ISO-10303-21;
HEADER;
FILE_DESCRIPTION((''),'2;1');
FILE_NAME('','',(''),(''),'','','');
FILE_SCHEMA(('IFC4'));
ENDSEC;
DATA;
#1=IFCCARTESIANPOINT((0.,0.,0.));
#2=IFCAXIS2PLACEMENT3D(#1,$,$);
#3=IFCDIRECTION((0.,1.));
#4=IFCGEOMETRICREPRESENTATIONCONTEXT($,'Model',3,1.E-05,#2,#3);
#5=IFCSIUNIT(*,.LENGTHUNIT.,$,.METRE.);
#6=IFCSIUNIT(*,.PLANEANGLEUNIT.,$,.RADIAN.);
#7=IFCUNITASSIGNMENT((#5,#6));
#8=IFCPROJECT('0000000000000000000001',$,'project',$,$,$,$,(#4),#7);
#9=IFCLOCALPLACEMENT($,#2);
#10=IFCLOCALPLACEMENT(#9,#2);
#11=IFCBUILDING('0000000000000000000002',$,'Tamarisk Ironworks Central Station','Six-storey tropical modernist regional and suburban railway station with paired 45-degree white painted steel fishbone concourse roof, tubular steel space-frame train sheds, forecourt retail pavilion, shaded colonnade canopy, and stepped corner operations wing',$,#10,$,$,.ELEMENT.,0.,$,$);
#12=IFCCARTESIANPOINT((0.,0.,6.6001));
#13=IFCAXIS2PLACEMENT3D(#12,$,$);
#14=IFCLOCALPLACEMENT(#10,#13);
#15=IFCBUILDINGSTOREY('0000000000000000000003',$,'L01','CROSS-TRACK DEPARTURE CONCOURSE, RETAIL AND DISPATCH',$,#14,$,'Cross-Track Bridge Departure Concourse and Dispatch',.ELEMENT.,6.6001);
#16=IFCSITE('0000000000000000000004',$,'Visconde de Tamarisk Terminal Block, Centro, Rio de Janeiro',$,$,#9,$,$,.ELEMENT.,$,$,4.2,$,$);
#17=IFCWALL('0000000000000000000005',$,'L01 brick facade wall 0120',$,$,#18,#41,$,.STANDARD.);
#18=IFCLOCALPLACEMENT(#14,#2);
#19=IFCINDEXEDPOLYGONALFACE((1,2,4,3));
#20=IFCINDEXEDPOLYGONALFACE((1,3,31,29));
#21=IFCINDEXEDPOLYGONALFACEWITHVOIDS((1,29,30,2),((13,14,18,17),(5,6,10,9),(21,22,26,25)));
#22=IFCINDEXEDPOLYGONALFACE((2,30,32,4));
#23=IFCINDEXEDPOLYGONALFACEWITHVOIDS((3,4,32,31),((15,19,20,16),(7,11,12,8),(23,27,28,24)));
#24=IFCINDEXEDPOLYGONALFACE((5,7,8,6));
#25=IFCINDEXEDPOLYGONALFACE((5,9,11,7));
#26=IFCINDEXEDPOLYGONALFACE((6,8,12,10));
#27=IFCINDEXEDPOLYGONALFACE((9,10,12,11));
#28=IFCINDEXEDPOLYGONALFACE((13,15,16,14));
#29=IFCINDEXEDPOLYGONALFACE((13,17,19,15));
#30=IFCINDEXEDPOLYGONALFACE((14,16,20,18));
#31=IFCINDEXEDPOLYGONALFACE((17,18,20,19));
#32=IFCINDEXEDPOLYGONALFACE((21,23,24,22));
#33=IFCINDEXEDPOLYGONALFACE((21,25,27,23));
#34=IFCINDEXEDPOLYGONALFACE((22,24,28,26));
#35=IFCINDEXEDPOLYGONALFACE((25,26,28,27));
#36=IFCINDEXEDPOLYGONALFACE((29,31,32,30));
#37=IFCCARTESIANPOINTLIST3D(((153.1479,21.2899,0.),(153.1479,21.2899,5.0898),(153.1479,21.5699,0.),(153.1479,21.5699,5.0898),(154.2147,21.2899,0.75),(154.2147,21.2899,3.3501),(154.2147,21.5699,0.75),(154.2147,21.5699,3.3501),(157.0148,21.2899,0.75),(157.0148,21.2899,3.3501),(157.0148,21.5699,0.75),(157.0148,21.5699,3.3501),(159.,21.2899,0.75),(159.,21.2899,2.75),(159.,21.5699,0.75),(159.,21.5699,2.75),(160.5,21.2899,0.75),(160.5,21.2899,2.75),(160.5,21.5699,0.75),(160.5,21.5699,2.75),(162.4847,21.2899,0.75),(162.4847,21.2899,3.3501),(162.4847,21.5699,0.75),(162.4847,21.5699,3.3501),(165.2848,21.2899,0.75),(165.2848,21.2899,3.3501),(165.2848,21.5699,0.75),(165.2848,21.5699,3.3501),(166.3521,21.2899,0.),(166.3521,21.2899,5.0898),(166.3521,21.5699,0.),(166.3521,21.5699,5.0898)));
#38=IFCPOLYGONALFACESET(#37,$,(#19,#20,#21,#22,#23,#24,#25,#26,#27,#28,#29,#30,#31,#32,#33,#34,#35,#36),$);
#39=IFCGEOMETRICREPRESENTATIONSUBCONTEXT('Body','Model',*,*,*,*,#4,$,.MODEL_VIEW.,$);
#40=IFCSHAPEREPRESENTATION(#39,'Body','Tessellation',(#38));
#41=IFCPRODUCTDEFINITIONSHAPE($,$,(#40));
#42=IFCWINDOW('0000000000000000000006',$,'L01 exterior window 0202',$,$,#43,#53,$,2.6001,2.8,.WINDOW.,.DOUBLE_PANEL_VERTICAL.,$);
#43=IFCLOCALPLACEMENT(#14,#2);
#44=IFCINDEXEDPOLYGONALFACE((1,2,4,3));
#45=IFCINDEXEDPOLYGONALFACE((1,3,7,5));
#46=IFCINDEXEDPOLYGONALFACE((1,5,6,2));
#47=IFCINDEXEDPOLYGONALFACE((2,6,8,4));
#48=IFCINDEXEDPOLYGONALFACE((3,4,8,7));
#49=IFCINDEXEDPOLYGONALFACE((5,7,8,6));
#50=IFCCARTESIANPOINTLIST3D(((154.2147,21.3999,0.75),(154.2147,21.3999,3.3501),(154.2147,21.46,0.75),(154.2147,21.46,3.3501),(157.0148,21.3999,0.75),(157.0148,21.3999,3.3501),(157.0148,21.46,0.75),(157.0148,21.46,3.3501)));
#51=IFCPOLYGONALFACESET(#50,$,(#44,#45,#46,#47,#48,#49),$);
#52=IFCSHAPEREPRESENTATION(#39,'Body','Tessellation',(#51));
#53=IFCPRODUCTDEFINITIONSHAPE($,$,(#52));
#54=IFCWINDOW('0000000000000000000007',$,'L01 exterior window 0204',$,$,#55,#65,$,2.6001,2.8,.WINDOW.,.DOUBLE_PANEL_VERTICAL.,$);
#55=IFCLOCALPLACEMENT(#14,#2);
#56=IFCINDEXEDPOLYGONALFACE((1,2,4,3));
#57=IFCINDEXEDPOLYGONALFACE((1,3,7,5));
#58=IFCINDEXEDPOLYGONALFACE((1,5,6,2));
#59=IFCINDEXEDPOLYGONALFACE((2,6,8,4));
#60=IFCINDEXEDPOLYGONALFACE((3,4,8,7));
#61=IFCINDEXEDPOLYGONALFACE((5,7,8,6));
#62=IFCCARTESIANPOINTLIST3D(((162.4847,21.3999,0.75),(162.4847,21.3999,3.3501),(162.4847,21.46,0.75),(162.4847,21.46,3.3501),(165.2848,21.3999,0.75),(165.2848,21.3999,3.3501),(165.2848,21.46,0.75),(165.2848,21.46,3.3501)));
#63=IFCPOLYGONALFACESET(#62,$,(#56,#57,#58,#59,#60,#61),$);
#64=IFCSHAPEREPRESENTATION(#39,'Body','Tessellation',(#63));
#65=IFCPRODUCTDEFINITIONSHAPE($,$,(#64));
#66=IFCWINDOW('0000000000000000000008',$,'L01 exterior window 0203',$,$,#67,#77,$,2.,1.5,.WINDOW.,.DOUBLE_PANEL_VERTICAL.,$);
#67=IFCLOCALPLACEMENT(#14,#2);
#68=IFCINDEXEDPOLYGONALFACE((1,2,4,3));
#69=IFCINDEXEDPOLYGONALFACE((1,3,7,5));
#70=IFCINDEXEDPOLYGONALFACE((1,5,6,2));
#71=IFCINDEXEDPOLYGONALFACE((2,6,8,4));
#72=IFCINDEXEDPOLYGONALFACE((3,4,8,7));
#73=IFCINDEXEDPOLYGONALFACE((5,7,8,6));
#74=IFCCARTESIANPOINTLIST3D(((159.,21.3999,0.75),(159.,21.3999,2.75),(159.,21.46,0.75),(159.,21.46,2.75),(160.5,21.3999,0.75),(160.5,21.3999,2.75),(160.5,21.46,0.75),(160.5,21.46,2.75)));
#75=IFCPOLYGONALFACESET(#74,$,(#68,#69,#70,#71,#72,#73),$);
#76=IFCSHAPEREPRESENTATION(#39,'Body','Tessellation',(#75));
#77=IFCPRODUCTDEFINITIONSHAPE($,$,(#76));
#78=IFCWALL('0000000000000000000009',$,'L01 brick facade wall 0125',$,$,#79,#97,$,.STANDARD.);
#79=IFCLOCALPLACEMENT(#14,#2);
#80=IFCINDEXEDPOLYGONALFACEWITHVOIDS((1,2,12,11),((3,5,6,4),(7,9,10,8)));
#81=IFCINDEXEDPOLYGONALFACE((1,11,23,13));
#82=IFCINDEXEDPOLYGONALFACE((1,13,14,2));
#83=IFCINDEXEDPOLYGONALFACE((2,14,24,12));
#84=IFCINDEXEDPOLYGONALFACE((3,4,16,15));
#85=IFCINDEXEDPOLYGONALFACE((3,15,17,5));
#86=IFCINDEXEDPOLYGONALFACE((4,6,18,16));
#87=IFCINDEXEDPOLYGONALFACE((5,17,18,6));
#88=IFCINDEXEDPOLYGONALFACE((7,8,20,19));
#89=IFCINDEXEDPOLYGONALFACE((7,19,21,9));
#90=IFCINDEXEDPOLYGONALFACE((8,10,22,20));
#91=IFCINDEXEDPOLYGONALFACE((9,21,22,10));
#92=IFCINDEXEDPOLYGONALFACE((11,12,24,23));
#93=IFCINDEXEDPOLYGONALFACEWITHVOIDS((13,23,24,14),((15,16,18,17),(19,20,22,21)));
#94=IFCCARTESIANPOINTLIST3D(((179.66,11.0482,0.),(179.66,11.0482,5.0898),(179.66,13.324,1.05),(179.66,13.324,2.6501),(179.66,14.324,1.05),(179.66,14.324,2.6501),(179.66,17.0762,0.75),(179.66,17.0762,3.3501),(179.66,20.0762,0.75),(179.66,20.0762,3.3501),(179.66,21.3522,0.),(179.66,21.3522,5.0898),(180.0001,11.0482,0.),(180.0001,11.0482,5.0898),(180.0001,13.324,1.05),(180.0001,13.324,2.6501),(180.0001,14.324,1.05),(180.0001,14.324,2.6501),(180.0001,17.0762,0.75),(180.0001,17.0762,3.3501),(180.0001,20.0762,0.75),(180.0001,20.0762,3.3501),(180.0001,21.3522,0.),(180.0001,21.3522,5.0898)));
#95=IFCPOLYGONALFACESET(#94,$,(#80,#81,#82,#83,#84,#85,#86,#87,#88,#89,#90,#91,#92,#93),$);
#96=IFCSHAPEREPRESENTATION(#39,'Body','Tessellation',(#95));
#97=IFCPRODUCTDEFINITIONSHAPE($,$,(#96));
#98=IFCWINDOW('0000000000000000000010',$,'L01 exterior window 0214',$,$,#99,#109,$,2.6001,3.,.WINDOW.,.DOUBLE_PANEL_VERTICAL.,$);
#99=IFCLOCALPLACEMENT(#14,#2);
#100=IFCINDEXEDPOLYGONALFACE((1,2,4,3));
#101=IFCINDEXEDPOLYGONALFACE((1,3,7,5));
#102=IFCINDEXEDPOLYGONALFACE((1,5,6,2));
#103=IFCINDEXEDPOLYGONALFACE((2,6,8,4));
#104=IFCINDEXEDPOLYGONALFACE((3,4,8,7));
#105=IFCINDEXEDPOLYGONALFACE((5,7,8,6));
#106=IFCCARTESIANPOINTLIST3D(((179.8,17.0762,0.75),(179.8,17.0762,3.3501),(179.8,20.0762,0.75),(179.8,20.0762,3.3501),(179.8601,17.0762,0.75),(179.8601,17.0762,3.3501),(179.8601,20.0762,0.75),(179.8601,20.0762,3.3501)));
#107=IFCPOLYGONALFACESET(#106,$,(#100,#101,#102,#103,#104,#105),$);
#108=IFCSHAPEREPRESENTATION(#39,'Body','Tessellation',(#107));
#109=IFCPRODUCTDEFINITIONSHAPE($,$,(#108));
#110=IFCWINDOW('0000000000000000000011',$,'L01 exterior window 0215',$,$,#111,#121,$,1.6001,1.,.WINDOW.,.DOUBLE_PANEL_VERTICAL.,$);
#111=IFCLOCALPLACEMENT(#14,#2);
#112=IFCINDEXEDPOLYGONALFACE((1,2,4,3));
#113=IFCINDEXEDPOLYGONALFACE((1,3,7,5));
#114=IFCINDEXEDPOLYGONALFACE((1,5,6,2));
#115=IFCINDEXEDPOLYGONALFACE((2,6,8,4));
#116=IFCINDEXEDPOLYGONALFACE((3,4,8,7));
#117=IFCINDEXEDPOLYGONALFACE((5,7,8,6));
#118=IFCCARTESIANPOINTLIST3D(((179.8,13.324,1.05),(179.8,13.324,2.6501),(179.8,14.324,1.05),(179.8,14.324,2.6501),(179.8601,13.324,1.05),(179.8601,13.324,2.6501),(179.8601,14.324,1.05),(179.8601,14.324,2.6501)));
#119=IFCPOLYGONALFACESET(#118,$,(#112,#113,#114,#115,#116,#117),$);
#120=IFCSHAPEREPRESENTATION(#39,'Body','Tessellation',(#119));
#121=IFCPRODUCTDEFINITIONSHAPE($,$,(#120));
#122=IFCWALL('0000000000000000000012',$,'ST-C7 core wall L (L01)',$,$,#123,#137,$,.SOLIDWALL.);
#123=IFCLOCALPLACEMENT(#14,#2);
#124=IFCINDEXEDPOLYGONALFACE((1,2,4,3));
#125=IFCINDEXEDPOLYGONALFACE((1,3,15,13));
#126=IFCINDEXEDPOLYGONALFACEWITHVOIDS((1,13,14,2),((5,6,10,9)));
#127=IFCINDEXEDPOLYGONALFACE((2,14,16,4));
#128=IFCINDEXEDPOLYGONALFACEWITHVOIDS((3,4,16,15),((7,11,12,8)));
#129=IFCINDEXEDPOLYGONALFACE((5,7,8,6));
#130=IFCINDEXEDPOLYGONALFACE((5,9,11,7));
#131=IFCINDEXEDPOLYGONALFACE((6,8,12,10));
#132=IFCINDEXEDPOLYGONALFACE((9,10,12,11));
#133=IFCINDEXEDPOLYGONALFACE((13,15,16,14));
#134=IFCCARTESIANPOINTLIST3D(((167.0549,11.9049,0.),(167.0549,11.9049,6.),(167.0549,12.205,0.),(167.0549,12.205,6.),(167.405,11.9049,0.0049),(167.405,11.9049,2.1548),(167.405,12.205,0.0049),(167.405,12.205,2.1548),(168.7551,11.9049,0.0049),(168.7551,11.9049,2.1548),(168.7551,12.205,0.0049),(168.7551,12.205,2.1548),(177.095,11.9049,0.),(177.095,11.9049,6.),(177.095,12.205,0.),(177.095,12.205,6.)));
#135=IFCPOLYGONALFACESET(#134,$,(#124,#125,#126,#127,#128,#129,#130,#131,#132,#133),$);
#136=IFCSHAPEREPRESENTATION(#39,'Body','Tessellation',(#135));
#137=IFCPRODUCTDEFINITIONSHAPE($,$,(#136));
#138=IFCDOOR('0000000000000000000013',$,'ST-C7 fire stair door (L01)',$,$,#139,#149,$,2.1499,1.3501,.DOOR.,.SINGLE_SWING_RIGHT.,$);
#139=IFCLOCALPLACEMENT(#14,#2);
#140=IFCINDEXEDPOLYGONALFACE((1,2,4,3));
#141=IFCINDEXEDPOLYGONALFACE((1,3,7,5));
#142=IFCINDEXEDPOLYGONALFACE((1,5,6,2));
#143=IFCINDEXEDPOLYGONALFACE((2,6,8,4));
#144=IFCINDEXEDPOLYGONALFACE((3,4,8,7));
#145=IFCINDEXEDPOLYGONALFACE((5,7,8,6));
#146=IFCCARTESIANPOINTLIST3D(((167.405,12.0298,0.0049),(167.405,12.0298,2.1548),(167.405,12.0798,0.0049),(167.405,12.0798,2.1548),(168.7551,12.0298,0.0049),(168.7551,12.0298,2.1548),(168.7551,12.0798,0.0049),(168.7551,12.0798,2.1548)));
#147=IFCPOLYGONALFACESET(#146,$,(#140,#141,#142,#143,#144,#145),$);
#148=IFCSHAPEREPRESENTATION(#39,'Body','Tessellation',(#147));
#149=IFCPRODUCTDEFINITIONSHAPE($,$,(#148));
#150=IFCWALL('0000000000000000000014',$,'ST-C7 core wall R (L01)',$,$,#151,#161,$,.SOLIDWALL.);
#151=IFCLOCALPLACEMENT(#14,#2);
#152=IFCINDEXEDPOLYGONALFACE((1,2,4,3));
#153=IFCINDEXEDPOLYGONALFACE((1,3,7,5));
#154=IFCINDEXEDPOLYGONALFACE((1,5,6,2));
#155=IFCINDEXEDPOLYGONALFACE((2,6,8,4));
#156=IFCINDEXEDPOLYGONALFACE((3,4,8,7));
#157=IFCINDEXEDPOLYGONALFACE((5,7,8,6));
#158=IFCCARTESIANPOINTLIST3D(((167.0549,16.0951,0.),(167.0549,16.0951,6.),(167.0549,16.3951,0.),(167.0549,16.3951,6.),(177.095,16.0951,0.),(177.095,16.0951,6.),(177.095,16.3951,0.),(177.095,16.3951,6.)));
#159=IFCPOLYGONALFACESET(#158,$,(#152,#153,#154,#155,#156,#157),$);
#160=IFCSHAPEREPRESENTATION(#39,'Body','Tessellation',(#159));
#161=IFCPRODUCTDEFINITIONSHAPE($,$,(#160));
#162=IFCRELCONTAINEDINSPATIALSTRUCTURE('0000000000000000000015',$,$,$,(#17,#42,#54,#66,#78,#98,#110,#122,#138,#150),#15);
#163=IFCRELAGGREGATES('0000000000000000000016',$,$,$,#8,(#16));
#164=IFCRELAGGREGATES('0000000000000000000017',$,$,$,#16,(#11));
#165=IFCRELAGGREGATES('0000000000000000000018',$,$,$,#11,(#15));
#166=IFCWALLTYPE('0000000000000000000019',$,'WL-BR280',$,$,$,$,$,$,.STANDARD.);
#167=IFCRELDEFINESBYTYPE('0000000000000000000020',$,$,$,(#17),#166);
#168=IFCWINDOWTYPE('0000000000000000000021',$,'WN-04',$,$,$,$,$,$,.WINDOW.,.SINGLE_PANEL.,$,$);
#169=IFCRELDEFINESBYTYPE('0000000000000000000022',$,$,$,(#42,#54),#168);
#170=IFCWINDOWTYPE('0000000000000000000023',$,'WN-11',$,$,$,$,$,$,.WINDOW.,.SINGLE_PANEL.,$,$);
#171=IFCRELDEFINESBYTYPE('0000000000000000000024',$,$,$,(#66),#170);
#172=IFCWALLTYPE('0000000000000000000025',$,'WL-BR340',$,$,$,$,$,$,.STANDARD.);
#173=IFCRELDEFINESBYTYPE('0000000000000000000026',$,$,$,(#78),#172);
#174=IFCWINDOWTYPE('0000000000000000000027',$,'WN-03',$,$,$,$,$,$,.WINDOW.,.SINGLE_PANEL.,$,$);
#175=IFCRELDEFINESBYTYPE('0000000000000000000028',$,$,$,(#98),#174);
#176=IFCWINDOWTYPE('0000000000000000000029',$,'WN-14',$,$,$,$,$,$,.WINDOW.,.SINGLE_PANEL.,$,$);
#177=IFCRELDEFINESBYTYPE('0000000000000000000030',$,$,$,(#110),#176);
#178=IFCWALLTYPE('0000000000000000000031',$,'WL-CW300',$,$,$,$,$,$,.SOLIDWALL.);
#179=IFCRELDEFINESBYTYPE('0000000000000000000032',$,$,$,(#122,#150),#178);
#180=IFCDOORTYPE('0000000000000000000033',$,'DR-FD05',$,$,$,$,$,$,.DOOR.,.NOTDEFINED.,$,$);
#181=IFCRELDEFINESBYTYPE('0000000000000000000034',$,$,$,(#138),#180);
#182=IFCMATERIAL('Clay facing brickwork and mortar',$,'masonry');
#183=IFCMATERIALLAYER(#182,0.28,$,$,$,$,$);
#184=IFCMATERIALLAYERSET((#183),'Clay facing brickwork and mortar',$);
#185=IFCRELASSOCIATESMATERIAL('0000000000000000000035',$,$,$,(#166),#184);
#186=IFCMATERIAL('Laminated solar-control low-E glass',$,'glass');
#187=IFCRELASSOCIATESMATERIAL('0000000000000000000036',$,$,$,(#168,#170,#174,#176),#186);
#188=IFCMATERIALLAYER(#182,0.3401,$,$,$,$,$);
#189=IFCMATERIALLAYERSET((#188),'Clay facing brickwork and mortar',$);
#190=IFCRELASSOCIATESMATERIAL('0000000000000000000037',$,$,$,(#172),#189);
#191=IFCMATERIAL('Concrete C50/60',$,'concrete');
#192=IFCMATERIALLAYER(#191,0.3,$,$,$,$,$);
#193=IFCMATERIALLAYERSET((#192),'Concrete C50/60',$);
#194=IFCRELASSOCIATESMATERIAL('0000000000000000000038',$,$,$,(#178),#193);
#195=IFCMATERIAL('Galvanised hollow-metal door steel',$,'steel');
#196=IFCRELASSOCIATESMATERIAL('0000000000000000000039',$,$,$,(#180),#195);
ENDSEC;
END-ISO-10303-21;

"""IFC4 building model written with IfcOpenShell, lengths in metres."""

from ifc_helpers import new_model, si_unit, direction, frame, frame_2d, origin, place, context, subcontext, project, spatial, rectangle, extrude, material, layer, layer_set, type_object, element, fill, save


model = new_model("IFC4")

# Units and contexts
model_context = context("Model", 3, precision=1e-05, world=origin(), true_north=direction((0.0, 1.0)))
body_context = subcontext(model_context, "Body", "Model", "MODEL_VIEW")
ifc_project = project(units=[si_unit("LENGTHUNIT", "METRE"), si_unit("PLANEANGLEUNIT", "RADIAN")], contexts=[model_context])

# Site, building, storey
site_placement = place(None, origin())
site = spatial("IfcSite", under=ifc_project, at=site_placement, Name="Visconde de Tamarisk Terminal Block, Centro, Rio de Janeiro", CompositionType="ELEMENT", RefElevation=4.2)
building_placement = place(site_placement, origin())
building = spatial("IfcBuilding", under=site, at=building_placement, Name="Tamarisk Ironworks Central Station", Description="Six-storey tropical modernist regional and suburban railway station with paired 45-degree white painted steel fishbone concourse roof, tubular steel space-frame train sheds, forecourt retail pavilion, shaded colonnade canopy, and stepped corner operations wing", CompositionType="ELEMENT", ElevationOfRefHeight=0.0)
storey_placement = place(building_placement, frame((0.0, 0.0, 6.6001)))
storey = spatial("IfcBuildingStorey", under=building, at=storey_placement, Name="L01", Description="CROSS-TRACK DEPARTURE CONCOURSE, RETAIL AND DISPATCH", LongName="Cross-Track Bridge Departure Concourse and Dispatch", CompositionType="ELEMENT", Elevation=6.6001)

# Walls, openings, windows
ifc_material_1 = material(Name="Clay facing brickwork and mortar", Category="masonry")
ifc_layer_1 = layer(ifc_material_1, 0.28)
ifc_layer_set_1 = layer_set([ifc_layer_1], Name="Clay facing brickwork and mortar")
wall_type_1 = type_object("IfcWallType", Name="WL-BR280", PredefinedType="STANDARD", material=ifc_layer_set_1)
wall_1_placement = place(storey_placement, frame((153.1479, 21.4299, 0.0), z_axis=(0.0, 0.0, 1.0), x_axis=(1.0, 0.0, 0.0)))
wall_1 = element("IfcWall", 1, at=wall_1_placement, inside=storey, type_object=wall_type_1, Name="L01 brick facade wall 0120", PredefinedType="STANDARD", context=body_context, shape_type="SweptSolid", body=[
    extrude(rectangle(XDim=13.2041, YDim=0.28, at=frame_2d((6.6021, 0.0))), origin(), (0.0, 0.0, 1.0), 5.0898),
])
opening_1_placement = place(wall_1_placement, frame((1.0669, 0.0, 0.75)))
opening_1 = element("IfcOpeningElement", 2, at=opening_1_placement, cuts=wall_1, PredefinedType="OPENING", context=body_context, shape_type="SweptSolid", body=[
    extrude(rectangle(XDim=2.8, YDim=2.6001, at=frame_2d((1.3999, 1.3))), frame((0.0, 0.1519, 0.0), z_axis=(0.0, -1.0, 0.0), x_axis=(1.0, 0.0, 0.0)), (0.0, 0.0, 1.0), 0.304),
])
opening_2_placement = place(wall_1_placement, frame((5.8521, 0.0, 0.75)))
opening_2 = element("IfcOpeningElement", 3, at=opening_2_placement, cuts=wall_1, PredefinedType="OPENING", context=body_context, shape_type="SweptSolid", body=[
    extrude(rectangle(XDim=1.5, YDim=2.0, at=frame_2d((0.75, 1.0))), frame((0.0, 0.1519, 0.0), z_axis=(0.0, -1.0, 0.0), x_axis=(1.0, 0.0, 0.0)), (0.0, 0.0, 1.0), 0.304),
])
opening_3_placement = place(wall_1_placement, frame((9.3369, 0.0, 0.75)))
opening_3 = element("IfcOpeningElement", 4, at=opening_3_placement, cuts=wall_1, PredefinedType="OPENING", context=body_context, shape_type="SweptSolid", body=[
    extrude(rectangle(XDim=2.8, YDim=2.6001, at=frame_2d((1.3999, 1.3))), frame((0.0, 0.1519, 0.0), z_axis=(0.0, -1.0, 0.0), x_axis=(1.0, 0.0, 0.0)), (0.0, 0.0, 1.0), 0.304),
])
ifc_material_2 = material(Name="Laminated solar-control low-E glass", Category="glass")
window_type_1 = type_object("IfcWindowType", Name="WN-04", PartitioningType="SINGLE_PANEL", PredefinedType="WINDOW", material=ifc_material_2)
window_1_placement = place(opening_1_placement, origin())
window_1 = element("IfcWindow", 5, at=window_1_placement, inside=storey, type_object=window_type_1, Name="L01 exterior window 0202", OverallHeight=2.6001, OverallWidth=2.8, PartitioningType="DOUBLE_PANEL_VERTICAL", PredefinedType="WINDOW", context=body_context, shape_type="SweptSolid", body=[
    extrude(rectangle(XDim=2.8, YDim=2.6001, at=frame_2d((1.3999, 1.3))), frame((0.0, 0.03, 0.0), z_axis=(0.0, -1.0, 0.0), x_axis=(1.0, 0.0, 0.0)), (0.0, 0.0, 1.0), 0.0601),
])
fill(opening_1, window_1)
window_2_placement = place(opening_3_placement, origin())
window_2 = element("IfcWindow", 6, at=window_2_placement, inside=storey, type_object=window_type_1, Name="L01 exterior window 0204", OverallHeight=2.6001, OverallWidth=2.8, PartitioningType="DOUBLE_PANEL_VERTICAL", PredefinedType="WINDOW", context=body_context, shape_type="SweptSolid", body=[
    extrude(rectangle(XDim=2.8, YDim=2.6001, at=frame_2d((1.3999, 1.3))), frame((0.0, 0.03, 0.0), z_axis=(0.0, -1.0, 0.0), x_axis=(1.0, 0.0, 0.0)), (0.0, 0.0, 1.0), 0.0601),
])
fill(opening_3, window_2)
window_type_2 = type_object("IfcWindowType", Name="WN-11", PartitioningType="SINGLE_PANEL", PredefinedType="WINDOW", material=ifc_material_2)
window_3_placement = place(opening_2_placement, origin())
window_3 = element("IfcWindow", 7, at=window_3_placement, inside=storey, type_object=window_type_2, Name="L01 exterior window 0203", OverallHeight=2.0, OverallWidth=1.5, PartitioningType="DOUBLE_PANEL_VERTICAL", PredefinedType="WINDOW", context=body_context, shape_type="SweptSolid", body=[
    extrude(rectangle(XDim=1.5, YDim=2.0, at=frame_2d((0.75, 1.0))), frame((0.0, 0.03, 0.0), z_axis=(0.0, -1.0, 0.0), x_axis=(1.0, 0.0, 0.0)), (0.0, 0.0, 1.0), 0.0601),
])
fill(opening_2, window_3)
ifc_layer_2 = layer(ifc_material_1, 0.3401)
ifc_layer_set_2 = layer_set([ifc_layer_2], Name="Clay facing brickwork and mortar")
wall_type_2 = type_object("IfcWallType", Name="WL-BR340", PredefinedType="STANDARD", material=ifc_layer_set_2)
wall_2_placement = place(storey_placement, frame((179.8301, 21.3521, 0.0), z_axis=(0.0, 0.0, 1.0), x_axis=(0.0, -1.0, 0.0)))
wall_2 = element("IfcWall", 8, at=wall_2_placement, inside=storey, type_object=wall_type_2, Name="L01 brick facade wall 0125", PredefinedType="STANDARD", context=body_context, shape_type="SweptSolid", body=[
    extrude(rectangle(XDim=10.304, YDim=0.3401, at=frame_2d((5.1519, 0.0))), origin(), (0.0, 0.0, 1.0), 5.0898),
])
opening_4_placement = place(wall_2_placement, frame((1.2759, 0.0, 0.75)))
opening_4 = element("IfcOpeningElement", 9, at=opening_4_placement, cuts=wall_2, PredefinedType="OPENING", context=body_context, shape_type="SweptSolid", body=[
    extrude(rectangle(XDim=3.0, YDim=2.6001, at=frame_2d((1.5, 1.3))), frame((0.0, 0.1821, 0.0), z_axis=(0.0, -1.0, 0.0), x_axis=(1.0, 0.0, 0.0)), (0.0, 0.0, 1.0), 0.364),
])
opening_5_placement = place(wall_2_placement, frame((7.0281, 0.0, 1.05)))
opening_5 = element("IfcOpeningElement", 10, at=opening_5_placement, cuts=wall_2, PredefinedType="OPENING", context=body_context, shape_type="SweptSolid", body=[
    extrude(rectangle(XDim=1.0, YDim=1.6001, at=frame_2d((0.5, 0.8))), frame((0.0, 0.1821, 0.0), z_axis=(0.0, -1.0, 0.0), x_axis=(1.0, 0.0, 0.0)), (0.0, 0.0, 1.0), 0.364),
])
window_type_3 = type_object("IfcWindowType", Name="WN-03", PartitioningType="SINGLE_PANEL", PredefinedType="WINDOW", material=ifc_material_2)
window_4_placement = place(opening_4_placement, origin())
window_4 = element("IfcWindow", 11, at=window_4_placement, inside=storey, type_object=window_type_3, Name="L01 exterior window 0214", OverallHeight=2.6001, OverallWidth=3.0, PartitioningType="DOUBLE_PANEL_VERTICAL", PredefinedType="WINDOW", context=body_context, shape_type="SweptSolid", body=[
    extrude(rectangle(XDim=3.0, YDim=2.6001, at=frame_2d((1.5, 1.3))), frame((0.0, 0.03, 0.0), z_axis=(0.0, -1.0, 0.0), x_axis=(1.0, 0.0, 0.0)), (0.0, 0.0, 1.0), 0.0601),
])
fill(opening_4, window_4)
window_type_4 = type_object("IfcWindowType", Name="WN-14", PartitioningType="SINGLE_PANEL", PredefinedType="WINDOW", material=ifc_material_2)
window_5_placement = place(opening_5_placement, origin())
window_5 = element("IfcWindow", 12, at=window_5_placement, inside=storey, type_object=window_type_4, Name="L01 exterior window 0215", OverallHeight=1.6001, OverallWidth=1.0, PartitioningType="DOUBLE_PANEL_VERTICAL", PredefinedType="WINDOW", context=body_context, shape_type="SweptSolid", body=[
    extrude(rectangle(XDim=1.0, YDim=1.6001, at=frame_2d((0.5, 0.8))), frame((0.0, 0.03, 0.0), z_axis=(0.0, -1.0, 0.0), x_axis=(1.0, 0.0, 0.0)), (0.0, 0.0, 1.0), 0.0601),
])
fill(opening_5, window_5)

# Wall, opening, door
ifc_material_3 = material(Name="Concrete C50/60", Category="concrete")
ifc_layer_3 = layer(ifc_material_3, 0.3)
ifc_layer_set_3 = layer_set([ifc_layer_3], Name="Concrete C50/60")
wall_type_3 = type_object("IfcWallType", Name="WL-CW300", PredefinedType="SOLIDWALL", material=ifc_layer_set_3)
wall_3_placement = place(storey_placement, frame((167.0549, 12.0549, 0.0), z_axis=(0.0, 0.0, 1.0), x_axis=(1.0, 0.0, 0.0)))
wall_3 = element("IfcWall", 13, at=wall_3_placement, inside=storey, type_object=wall_type_3, Name="ST-C7 core wall L (L01)", PredefinedType="SOLIDWALL", context=body_context, shape_type="SweptSolid", body=[
    extrude(rectangle(XDim=10.04, YDim=0.3, at=frame_2d((5.02, 0.0))), origin(), (0.0, 0.0, 1.0), 6.0),
])
opening_6_placement = place(wall_3_placement, frame((0.3501, 0.0, 0.0049)))
opening_6 = element("IfcOpeningElement", 14, at=opening_6_placement, cuts=wall_3, PredefinedType="OPENING", context=body_context, shape_type="SweptSolid", body=[
    extrude(rectangle(XDim=1.3501, YDim=2.1499, at=frame_2d((0.675, 1.075))), frame((0.0, 0.1621, 0.0), z_axis=(0.0, -1.0, 0.0), x_axis=(1.0, 0.0, 0.0)), (0.0, 0.0, 1.0), 0.324),
])
ifc_material_4 = material(Name="Galvanised hollow-metal door steel", Category="steel")
door_type = type_object("IfcDoorType", Name="DR-FD05", OperationType="NOTDEFINED", PredefinedType="DOOR", material=ifc_material_4)
door_placement = place(opening_6_placement, origin())
door = element("IfcDoor", 15, at=door_placement, inside=storey, type_object=door_type, Name="ST-C7 fire stair door (L01)", OperationType="SINGLE_SWING_RIGHT", OverallHeight=2.1499, OverallWidth=1.3501, PredefinedType="DOOR", context=body_context, shape_type="SweptSolid", body=[
    extrude(rectangle(XDim=1.3501, YDim=2.1499, at=frame_2d((0.675, 1.075))), frame((0.0, 0.0249, 0.0), z_axis=(0.0, -1.0, 0.0), x_axis=(1.0, 0.0, 0.0)), (0.0, 0.0, 1.0), 0.05),
])
fill(opening_6, door)

# Wall
wall_4_placement = place(storey_placement, frame((167.0549, 16.2451, 0.0), z_axis=(0.0, 0.0, 1.0), x_axis=(1.0, 0.0, 0.0)))
element("IfcWall", 16, at=wall_4_placement, inside=storey, type_object=wall_type_3, Name="ST-C7 core wall R (L01)", PredefinedType="SOLIDWALL", context=body_context, shape_type="SweptSolid", body=[
    extrude(rectangle(XDim=10.04, YDim=0.3, at=frame_2d((5.02, 0.0))), origin(), (0.0, 0.0, 1.0), 6.0),
])

save(model, "model.ifc")
